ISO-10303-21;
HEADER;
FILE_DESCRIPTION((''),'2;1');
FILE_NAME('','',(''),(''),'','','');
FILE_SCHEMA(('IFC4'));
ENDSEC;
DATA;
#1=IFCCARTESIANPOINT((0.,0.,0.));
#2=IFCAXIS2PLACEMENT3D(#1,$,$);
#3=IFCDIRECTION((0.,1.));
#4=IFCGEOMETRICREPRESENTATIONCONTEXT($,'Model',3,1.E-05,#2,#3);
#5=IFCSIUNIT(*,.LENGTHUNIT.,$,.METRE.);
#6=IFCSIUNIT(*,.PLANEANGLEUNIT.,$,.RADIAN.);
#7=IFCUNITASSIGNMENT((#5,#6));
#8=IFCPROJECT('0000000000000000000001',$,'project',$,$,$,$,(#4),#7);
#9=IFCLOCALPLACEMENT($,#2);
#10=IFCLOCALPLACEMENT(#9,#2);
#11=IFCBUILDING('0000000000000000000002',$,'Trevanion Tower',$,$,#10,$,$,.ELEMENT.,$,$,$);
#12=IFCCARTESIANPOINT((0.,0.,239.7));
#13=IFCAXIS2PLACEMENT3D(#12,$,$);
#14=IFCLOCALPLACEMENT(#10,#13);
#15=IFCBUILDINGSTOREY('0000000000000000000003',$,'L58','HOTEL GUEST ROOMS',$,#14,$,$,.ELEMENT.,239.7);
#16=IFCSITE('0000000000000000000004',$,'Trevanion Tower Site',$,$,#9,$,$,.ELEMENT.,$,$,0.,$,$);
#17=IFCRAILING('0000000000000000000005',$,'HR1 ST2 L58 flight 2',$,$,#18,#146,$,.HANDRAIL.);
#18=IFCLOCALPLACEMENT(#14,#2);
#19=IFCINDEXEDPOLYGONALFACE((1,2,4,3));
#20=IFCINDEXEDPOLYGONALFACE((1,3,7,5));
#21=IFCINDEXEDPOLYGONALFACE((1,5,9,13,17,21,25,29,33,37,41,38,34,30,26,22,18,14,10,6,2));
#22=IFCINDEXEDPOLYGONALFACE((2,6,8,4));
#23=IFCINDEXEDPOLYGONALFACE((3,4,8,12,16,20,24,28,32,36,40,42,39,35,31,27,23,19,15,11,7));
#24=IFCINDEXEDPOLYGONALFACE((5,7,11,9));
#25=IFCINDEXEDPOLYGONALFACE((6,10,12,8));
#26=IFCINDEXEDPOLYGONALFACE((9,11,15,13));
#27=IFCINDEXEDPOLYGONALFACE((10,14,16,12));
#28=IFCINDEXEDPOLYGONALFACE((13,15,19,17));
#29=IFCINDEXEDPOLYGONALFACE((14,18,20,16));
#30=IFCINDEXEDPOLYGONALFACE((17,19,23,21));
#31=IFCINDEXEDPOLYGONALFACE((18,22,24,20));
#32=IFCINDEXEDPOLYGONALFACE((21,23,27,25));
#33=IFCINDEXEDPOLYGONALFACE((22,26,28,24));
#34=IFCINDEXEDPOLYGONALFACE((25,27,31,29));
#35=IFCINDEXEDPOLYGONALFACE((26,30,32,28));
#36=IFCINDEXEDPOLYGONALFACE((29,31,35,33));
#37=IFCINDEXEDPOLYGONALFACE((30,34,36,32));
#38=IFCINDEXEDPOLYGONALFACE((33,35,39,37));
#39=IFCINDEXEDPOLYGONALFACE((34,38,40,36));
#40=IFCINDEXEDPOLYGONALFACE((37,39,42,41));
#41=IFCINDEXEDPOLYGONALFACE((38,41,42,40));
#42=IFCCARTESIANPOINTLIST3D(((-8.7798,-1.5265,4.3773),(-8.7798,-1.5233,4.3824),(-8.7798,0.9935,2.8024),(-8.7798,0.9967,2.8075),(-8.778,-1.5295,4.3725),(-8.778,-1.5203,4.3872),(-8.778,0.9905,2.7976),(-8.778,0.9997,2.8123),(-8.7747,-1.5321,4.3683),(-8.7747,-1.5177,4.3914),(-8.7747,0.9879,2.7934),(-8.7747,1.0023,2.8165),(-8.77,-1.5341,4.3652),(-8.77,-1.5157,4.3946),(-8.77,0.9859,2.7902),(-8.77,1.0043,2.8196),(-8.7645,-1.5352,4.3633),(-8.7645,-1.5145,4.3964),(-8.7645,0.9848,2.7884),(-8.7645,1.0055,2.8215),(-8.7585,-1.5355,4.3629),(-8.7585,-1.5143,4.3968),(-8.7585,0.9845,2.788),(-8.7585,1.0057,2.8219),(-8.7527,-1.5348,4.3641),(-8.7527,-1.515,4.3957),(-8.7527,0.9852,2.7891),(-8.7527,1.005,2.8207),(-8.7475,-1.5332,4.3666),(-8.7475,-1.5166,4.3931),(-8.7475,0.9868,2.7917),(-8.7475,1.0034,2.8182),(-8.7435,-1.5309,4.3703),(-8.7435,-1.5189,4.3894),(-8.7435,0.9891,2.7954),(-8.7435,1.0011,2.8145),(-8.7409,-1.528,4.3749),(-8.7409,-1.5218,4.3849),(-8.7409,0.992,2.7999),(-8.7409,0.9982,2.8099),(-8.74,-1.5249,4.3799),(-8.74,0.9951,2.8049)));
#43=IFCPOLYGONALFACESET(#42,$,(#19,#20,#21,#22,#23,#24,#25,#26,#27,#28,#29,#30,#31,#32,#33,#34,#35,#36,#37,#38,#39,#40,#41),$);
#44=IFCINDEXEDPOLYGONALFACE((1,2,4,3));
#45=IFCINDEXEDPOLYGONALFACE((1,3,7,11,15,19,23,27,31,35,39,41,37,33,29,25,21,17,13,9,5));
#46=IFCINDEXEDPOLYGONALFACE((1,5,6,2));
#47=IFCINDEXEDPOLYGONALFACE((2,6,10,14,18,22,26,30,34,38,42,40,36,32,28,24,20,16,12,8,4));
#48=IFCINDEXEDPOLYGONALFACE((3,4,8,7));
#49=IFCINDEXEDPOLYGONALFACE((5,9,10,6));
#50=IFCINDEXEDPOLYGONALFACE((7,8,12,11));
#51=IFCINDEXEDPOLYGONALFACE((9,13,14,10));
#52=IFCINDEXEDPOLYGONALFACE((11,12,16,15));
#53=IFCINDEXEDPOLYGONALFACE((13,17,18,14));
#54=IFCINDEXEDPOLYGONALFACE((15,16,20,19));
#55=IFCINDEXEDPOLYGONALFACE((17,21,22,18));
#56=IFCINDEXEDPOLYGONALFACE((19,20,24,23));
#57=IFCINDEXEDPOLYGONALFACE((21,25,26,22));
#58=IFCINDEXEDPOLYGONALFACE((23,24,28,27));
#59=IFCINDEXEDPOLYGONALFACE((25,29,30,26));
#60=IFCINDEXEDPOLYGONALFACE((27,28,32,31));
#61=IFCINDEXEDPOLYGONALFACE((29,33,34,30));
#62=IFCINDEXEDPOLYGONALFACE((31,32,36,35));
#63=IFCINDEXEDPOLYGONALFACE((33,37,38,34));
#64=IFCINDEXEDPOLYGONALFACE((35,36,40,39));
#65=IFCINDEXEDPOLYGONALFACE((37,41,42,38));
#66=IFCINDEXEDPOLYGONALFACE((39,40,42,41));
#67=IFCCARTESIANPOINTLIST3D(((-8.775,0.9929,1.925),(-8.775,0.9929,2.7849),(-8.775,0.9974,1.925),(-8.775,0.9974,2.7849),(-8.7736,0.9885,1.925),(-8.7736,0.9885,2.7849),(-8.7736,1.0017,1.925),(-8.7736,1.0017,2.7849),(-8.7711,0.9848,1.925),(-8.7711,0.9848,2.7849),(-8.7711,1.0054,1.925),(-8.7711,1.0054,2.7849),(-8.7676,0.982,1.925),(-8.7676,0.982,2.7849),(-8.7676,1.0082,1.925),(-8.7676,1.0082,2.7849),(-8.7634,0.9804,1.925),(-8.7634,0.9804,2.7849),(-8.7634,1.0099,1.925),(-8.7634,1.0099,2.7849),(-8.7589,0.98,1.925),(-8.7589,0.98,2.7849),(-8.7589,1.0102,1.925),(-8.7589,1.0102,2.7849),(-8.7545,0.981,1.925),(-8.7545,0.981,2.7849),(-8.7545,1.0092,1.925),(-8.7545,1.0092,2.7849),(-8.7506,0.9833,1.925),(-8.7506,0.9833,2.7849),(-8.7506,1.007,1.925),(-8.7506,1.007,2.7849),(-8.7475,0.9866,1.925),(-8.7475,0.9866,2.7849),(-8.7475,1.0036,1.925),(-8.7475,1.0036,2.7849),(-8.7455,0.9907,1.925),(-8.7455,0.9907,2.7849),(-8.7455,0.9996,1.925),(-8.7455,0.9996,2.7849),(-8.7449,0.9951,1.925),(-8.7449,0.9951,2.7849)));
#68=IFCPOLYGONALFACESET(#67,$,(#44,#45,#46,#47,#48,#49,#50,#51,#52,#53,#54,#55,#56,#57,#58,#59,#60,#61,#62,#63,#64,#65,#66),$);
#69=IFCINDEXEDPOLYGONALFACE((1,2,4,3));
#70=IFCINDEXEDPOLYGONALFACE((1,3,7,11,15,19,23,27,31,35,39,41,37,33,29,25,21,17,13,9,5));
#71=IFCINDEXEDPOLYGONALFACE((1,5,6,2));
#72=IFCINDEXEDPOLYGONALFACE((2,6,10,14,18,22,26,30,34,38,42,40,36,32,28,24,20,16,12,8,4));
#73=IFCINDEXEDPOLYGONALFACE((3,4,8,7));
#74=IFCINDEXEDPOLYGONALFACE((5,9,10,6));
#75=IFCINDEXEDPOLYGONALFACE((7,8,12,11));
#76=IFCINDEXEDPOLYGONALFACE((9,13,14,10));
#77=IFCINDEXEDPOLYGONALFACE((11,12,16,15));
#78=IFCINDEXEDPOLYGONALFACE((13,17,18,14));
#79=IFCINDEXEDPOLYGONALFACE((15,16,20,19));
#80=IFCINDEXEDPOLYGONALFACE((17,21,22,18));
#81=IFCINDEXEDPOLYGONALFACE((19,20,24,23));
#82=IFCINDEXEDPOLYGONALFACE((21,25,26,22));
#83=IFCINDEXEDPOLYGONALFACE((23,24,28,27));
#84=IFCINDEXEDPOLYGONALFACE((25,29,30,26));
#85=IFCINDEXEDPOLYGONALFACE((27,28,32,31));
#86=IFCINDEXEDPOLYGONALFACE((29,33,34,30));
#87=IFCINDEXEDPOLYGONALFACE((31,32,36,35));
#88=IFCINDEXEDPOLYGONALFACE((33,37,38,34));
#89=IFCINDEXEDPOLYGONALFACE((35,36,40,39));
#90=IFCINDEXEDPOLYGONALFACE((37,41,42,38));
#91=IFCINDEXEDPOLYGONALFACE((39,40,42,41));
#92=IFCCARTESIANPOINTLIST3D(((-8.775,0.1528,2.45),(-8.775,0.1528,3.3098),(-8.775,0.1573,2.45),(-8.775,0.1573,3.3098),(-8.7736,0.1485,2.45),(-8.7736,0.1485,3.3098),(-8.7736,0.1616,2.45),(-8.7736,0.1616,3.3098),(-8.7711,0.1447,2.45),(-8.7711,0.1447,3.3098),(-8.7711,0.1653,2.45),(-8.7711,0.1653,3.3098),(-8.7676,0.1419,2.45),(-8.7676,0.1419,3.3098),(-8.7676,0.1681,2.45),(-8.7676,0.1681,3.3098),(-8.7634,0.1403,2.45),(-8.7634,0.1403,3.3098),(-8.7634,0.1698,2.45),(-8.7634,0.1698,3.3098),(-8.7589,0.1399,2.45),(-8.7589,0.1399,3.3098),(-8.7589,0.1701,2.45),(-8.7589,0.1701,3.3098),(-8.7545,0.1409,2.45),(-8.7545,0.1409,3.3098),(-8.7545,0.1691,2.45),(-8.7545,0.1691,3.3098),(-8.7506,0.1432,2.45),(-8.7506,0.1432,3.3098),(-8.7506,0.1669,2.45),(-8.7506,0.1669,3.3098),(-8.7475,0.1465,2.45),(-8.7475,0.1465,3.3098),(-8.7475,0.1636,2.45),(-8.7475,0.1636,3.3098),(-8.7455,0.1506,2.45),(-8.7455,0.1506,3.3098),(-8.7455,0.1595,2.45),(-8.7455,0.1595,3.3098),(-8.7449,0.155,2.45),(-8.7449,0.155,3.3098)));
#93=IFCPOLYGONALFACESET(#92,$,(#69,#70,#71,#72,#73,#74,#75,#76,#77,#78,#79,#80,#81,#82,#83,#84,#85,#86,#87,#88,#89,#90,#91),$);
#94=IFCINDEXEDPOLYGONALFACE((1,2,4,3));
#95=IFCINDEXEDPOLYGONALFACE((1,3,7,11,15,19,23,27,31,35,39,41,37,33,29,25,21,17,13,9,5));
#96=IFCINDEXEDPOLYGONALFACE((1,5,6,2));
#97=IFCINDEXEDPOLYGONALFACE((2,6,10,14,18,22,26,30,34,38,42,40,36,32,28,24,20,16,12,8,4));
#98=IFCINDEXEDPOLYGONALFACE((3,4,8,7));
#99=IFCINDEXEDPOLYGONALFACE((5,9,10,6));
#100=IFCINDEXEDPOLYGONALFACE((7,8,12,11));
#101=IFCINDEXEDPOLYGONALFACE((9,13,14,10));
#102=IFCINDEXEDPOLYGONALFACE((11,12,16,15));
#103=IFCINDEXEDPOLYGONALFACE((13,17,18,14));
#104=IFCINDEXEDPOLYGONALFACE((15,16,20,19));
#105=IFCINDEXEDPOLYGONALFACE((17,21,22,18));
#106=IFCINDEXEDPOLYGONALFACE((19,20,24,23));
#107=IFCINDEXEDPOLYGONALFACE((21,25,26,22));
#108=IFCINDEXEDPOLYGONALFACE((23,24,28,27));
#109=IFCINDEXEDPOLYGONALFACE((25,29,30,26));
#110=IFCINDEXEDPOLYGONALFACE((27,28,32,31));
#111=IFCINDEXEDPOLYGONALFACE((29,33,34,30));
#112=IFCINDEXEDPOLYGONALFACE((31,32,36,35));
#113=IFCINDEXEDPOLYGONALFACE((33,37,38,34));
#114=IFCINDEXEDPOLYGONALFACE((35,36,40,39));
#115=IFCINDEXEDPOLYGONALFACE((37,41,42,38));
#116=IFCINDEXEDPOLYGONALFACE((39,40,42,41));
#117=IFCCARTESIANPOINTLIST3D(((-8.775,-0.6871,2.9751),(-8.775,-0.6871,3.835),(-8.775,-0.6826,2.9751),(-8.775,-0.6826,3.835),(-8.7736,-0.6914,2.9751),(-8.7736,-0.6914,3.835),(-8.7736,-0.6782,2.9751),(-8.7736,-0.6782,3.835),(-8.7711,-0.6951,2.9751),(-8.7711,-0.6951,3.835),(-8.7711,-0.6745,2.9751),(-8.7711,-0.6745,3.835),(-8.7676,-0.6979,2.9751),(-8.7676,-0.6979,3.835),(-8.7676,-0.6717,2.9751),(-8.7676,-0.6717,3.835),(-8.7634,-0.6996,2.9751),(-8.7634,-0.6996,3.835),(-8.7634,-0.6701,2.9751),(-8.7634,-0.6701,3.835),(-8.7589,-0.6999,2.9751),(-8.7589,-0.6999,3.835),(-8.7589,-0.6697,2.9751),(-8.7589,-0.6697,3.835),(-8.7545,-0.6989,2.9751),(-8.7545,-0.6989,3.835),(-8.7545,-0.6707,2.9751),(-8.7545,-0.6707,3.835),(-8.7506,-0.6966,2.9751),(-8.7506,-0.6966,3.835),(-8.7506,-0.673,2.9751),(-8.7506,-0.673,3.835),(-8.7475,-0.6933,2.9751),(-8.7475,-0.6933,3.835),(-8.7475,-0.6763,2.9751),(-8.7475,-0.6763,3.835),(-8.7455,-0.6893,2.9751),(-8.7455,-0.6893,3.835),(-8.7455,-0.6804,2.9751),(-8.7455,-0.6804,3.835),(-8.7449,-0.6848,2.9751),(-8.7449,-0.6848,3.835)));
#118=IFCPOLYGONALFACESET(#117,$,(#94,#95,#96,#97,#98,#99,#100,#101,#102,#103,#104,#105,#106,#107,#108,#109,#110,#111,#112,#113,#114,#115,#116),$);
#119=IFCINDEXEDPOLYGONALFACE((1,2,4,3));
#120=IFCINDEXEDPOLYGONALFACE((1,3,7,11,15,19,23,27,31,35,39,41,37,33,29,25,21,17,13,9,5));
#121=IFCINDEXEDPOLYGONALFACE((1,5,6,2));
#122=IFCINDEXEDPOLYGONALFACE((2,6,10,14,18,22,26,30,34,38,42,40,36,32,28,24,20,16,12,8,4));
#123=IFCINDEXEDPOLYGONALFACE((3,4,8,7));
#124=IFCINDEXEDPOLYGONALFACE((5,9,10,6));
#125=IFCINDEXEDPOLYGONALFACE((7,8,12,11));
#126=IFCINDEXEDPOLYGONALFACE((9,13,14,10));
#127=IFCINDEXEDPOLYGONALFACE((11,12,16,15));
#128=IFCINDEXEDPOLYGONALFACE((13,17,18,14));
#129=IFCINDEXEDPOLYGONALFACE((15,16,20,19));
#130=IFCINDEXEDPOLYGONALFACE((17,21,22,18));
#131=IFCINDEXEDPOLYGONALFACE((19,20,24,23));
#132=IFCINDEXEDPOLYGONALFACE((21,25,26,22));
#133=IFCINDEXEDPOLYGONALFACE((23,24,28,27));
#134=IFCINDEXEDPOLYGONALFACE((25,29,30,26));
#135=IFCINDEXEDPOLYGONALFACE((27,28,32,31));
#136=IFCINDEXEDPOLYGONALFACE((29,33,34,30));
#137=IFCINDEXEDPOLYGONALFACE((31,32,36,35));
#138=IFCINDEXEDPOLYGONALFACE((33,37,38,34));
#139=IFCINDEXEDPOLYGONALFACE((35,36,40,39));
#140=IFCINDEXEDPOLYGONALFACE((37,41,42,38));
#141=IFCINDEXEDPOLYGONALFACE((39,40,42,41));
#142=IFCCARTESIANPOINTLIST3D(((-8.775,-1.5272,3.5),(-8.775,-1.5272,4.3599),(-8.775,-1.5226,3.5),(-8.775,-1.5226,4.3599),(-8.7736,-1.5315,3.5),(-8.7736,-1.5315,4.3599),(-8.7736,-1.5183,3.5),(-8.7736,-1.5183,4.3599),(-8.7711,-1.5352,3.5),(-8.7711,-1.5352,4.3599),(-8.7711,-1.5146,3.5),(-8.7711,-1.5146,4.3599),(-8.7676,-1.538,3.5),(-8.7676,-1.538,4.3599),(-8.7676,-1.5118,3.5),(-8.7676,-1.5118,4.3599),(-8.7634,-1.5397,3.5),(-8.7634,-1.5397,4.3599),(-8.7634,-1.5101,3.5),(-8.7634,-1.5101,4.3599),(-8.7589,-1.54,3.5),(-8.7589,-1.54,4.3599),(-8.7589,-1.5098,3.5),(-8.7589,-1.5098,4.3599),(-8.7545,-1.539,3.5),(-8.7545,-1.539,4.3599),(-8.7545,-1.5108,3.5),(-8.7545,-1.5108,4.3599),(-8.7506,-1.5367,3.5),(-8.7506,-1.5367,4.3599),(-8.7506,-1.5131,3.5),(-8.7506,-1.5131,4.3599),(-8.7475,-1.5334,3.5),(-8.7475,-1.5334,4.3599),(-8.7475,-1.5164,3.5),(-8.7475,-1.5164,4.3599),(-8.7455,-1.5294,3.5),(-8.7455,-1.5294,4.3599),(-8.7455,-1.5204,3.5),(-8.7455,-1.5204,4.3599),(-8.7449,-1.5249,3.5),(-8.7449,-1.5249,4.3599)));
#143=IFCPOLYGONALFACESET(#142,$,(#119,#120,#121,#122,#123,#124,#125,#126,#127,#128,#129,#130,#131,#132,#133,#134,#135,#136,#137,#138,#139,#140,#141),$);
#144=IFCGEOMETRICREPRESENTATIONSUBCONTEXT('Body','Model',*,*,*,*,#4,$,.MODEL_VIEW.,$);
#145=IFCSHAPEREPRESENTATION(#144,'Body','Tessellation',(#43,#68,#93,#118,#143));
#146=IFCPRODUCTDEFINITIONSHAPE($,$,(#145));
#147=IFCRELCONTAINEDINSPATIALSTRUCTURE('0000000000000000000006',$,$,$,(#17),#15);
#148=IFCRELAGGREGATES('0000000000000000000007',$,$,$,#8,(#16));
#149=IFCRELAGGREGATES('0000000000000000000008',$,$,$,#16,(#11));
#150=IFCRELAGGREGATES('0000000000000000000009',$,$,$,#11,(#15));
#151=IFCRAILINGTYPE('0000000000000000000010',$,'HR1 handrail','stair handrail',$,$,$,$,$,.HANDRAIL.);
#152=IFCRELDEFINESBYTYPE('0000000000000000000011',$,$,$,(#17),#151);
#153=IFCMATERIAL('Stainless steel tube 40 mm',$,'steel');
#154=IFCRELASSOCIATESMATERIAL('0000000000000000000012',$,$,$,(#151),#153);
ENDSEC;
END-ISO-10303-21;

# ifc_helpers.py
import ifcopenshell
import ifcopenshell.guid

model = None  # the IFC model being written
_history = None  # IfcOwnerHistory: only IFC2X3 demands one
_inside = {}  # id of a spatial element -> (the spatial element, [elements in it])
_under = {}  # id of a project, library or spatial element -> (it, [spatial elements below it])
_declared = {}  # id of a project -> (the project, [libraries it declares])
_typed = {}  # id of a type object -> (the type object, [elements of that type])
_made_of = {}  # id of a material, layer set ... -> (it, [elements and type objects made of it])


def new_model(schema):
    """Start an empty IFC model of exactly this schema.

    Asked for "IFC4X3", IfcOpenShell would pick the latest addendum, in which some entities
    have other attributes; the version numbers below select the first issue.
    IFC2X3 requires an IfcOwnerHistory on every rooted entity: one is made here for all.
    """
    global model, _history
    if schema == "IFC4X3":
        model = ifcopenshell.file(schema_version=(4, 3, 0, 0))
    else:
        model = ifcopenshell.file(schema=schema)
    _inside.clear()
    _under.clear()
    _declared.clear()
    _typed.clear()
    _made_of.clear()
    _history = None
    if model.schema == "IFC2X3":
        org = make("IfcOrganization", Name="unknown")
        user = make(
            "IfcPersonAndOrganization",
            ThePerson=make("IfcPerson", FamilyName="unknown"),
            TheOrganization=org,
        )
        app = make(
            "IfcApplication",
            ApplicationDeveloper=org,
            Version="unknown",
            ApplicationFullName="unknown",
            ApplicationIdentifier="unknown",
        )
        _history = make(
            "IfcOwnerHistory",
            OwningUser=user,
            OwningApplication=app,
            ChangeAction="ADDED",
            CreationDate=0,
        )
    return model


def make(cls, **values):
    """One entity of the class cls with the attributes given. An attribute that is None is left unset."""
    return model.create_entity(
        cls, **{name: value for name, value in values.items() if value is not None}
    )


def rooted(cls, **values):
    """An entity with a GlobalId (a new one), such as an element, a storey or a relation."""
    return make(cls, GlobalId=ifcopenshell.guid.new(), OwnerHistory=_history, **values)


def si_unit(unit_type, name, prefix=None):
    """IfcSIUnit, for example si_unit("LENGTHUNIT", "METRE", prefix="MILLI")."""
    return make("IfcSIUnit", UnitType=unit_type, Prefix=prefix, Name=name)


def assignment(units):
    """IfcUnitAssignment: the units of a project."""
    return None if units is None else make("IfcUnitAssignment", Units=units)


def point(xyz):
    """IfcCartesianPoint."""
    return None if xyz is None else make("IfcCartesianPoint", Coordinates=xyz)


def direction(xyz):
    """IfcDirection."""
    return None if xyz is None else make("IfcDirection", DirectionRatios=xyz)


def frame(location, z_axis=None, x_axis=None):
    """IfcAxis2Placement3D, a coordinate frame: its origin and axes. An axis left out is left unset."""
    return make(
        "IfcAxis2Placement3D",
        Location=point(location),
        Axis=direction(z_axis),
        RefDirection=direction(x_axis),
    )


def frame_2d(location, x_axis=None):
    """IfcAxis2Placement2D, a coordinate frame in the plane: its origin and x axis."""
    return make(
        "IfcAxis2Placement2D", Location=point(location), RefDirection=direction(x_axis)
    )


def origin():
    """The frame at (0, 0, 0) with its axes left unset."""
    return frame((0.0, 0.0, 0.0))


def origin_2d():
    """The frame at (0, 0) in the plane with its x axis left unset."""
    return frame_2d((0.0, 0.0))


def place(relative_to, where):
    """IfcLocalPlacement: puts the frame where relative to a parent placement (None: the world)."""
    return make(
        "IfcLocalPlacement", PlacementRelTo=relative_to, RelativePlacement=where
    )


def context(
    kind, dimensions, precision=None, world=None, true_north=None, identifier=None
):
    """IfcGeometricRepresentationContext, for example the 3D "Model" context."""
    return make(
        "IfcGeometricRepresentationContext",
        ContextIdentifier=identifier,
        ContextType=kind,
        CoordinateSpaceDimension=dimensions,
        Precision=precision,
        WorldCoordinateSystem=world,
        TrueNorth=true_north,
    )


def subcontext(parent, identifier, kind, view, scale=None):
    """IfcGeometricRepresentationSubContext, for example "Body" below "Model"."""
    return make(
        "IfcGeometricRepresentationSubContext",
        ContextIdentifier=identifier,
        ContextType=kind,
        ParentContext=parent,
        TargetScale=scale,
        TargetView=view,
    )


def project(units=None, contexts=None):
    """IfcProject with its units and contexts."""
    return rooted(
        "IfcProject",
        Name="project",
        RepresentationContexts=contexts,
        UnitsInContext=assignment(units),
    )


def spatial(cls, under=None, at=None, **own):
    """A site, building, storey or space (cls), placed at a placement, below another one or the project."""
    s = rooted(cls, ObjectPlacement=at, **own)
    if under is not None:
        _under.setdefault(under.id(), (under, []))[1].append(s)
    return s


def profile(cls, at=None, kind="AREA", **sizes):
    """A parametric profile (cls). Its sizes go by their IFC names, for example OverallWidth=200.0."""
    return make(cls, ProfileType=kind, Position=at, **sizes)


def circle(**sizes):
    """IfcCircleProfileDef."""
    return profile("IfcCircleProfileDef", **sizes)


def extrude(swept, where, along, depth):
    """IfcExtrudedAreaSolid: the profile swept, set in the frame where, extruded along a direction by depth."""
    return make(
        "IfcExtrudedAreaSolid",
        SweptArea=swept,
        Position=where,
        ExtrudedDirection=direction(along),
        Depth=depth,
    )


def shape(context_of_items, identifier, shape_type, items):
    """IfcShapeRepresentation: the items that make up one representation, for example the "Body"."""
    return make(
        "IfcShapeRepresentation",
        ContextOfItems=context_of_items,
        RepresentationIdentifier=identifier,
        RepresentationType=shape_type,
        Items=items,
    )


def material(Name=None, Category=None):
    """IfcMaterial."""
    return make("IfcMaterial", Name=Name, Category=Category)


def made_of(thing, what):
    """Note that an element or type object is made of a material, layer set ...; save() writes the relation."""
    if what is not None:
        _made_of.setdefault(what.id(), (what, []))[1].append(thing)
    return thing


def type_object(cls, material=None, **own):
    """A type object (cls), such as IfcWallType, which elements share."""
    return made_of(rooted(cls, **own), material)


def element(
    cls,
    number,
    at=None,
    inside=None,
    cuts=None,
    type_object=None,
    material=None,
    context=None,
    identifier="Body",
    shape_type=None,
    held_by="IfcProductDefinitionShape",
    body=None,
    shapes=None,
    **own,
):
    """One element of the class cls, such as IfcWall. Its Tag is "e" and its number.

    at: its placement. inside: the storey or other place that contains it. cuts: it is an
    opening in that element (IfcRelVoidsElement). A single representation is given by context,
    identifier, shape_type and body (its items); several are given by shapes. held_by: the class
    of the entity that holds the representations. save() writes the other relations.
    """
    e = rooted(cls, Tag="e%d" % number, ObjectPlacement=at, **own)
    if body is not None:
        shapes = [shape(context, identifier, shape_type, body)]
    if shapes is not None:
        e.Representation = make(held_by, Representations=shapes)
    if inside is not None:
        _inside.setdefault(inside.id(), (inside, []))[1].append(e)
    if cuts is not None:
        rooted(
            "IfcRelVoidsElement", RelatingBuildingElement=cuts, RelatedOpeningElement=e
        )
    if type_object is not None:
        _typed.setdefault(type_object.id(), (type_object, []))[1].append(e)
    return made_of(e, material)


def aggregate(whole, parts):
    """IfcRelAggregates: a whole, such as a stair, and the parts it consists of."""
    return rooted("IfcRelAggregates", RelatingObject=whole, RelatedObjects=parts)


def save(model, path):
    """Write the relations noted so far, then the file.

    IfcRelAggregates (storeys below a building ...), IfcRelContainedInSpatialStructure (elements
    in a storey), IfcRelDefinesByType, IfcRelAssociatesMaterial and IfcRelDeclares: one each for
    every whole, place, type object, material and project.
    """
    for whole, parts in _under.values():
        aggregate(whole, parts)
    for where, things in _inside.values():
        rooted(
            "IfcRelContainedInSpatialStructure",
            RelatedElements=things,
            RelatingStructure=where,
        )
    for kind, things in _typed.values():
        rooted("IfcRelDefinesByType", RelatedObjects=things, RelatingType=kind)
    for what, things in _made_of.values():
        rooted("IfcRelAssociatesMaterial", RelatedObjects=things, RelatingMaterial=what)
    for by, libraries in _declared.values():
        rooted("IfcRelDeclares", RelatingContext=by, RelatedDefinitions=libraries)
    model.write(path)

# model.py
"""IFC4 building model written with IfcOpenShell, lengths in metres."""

from ifc_helpers import new_model, si_unit, direction, frame, origin, origin_2d, place, context, subcontext, project, spatial, circle, extrude, material, type_object, element, save


model = new_model("IFC4")

# Units and contexts
model_context = context("Model", 3, precision=1e-05, world=origin(), true_north=direction((0.0, 1.0)))
body_context = subcontext(model_context, "Body", "Model", "MODEL_VIEW")
ifc_project = project(units=[si_unit("LENGTHUNIT", "METRE"), si_unit("PLANEANGLEUNIT", "RADIAN")], contexts=[model_context])

# Site, building, storey
site_placement = place(None, origin())
site = spatial("IfcSite", under=ifc_project, at=site_placement, Name="Trevanion Tower Site", CompositionType="ELEMENT", RefElevation=0.0)
building_placement = place(site_placement, origin())
building = spatial("IfcBuilding", under=site, at=building_placement, Name="Trevanion Tower", CompositionType="ELEMENT")
storey_placement = place(building_placement, frame((0.0, 0.0, 239.7)))
storey = spatial("IfcBuildingStorey", under=building, at=storey_placement, Name="L58", Description="HOTEL GUEST ROOMS", CompositionType="ELEMENT", Elevation=239.7)

# Railing
ifc_material_1 = material(Name="Stainless steel tube 40 mm", Category="steel")
railing_type = type_object("IfcRailingType", Name="HR1 handrail", Description="stair handrail", PredefinedType="HANDRAIL", material=ifc_material_1)
for number, where, name in (
    (1, (-8.76, 0.9951, 1.925), "HR1 ST2 L58 flight 2"),
):
    element("IfcRailing", number, at=place(storey_placement, frame(where)), inside=storey, type_object=railing_type, Name=name, PredefinedType="HANDRAIL", context=body_context, shape_type="SweptSolid", body=[
        extrude(circle(Radius=0.02, at=origin_2d()), frame((0.0, 0.0, 0.8799), z_axis=(0.0, -0.848008, 0.529984), x_axis=(1.0, 0.0, 0.0)), (0.0, 0.0, 1.0), 2.9717),
        extrude(circle(Radius=0.0151, at=origin_2d()), origin(), (0.0, 0.0, 1.0), 0.8599),
        extrude(circle(Radius=0.0151, at=origin_2d()), frame((0.0, -0.8401, 0.5249)), (0.0, 0.0, 1.0), 0.8599),
        extrude(circle(Radius=0.0151, at=origin_2d()), frame((0.0, -1.6799, 1.05)), (0.0, 0.0, 1.0), 0.8599),
        extrude(circle(Radius=0.0151, at=origin_2d()), frame((0.0, -2.52, 1.575)), (0.0, 0.0, 1.0), 0.8599),
    ])

save(model, "model.ifc")
